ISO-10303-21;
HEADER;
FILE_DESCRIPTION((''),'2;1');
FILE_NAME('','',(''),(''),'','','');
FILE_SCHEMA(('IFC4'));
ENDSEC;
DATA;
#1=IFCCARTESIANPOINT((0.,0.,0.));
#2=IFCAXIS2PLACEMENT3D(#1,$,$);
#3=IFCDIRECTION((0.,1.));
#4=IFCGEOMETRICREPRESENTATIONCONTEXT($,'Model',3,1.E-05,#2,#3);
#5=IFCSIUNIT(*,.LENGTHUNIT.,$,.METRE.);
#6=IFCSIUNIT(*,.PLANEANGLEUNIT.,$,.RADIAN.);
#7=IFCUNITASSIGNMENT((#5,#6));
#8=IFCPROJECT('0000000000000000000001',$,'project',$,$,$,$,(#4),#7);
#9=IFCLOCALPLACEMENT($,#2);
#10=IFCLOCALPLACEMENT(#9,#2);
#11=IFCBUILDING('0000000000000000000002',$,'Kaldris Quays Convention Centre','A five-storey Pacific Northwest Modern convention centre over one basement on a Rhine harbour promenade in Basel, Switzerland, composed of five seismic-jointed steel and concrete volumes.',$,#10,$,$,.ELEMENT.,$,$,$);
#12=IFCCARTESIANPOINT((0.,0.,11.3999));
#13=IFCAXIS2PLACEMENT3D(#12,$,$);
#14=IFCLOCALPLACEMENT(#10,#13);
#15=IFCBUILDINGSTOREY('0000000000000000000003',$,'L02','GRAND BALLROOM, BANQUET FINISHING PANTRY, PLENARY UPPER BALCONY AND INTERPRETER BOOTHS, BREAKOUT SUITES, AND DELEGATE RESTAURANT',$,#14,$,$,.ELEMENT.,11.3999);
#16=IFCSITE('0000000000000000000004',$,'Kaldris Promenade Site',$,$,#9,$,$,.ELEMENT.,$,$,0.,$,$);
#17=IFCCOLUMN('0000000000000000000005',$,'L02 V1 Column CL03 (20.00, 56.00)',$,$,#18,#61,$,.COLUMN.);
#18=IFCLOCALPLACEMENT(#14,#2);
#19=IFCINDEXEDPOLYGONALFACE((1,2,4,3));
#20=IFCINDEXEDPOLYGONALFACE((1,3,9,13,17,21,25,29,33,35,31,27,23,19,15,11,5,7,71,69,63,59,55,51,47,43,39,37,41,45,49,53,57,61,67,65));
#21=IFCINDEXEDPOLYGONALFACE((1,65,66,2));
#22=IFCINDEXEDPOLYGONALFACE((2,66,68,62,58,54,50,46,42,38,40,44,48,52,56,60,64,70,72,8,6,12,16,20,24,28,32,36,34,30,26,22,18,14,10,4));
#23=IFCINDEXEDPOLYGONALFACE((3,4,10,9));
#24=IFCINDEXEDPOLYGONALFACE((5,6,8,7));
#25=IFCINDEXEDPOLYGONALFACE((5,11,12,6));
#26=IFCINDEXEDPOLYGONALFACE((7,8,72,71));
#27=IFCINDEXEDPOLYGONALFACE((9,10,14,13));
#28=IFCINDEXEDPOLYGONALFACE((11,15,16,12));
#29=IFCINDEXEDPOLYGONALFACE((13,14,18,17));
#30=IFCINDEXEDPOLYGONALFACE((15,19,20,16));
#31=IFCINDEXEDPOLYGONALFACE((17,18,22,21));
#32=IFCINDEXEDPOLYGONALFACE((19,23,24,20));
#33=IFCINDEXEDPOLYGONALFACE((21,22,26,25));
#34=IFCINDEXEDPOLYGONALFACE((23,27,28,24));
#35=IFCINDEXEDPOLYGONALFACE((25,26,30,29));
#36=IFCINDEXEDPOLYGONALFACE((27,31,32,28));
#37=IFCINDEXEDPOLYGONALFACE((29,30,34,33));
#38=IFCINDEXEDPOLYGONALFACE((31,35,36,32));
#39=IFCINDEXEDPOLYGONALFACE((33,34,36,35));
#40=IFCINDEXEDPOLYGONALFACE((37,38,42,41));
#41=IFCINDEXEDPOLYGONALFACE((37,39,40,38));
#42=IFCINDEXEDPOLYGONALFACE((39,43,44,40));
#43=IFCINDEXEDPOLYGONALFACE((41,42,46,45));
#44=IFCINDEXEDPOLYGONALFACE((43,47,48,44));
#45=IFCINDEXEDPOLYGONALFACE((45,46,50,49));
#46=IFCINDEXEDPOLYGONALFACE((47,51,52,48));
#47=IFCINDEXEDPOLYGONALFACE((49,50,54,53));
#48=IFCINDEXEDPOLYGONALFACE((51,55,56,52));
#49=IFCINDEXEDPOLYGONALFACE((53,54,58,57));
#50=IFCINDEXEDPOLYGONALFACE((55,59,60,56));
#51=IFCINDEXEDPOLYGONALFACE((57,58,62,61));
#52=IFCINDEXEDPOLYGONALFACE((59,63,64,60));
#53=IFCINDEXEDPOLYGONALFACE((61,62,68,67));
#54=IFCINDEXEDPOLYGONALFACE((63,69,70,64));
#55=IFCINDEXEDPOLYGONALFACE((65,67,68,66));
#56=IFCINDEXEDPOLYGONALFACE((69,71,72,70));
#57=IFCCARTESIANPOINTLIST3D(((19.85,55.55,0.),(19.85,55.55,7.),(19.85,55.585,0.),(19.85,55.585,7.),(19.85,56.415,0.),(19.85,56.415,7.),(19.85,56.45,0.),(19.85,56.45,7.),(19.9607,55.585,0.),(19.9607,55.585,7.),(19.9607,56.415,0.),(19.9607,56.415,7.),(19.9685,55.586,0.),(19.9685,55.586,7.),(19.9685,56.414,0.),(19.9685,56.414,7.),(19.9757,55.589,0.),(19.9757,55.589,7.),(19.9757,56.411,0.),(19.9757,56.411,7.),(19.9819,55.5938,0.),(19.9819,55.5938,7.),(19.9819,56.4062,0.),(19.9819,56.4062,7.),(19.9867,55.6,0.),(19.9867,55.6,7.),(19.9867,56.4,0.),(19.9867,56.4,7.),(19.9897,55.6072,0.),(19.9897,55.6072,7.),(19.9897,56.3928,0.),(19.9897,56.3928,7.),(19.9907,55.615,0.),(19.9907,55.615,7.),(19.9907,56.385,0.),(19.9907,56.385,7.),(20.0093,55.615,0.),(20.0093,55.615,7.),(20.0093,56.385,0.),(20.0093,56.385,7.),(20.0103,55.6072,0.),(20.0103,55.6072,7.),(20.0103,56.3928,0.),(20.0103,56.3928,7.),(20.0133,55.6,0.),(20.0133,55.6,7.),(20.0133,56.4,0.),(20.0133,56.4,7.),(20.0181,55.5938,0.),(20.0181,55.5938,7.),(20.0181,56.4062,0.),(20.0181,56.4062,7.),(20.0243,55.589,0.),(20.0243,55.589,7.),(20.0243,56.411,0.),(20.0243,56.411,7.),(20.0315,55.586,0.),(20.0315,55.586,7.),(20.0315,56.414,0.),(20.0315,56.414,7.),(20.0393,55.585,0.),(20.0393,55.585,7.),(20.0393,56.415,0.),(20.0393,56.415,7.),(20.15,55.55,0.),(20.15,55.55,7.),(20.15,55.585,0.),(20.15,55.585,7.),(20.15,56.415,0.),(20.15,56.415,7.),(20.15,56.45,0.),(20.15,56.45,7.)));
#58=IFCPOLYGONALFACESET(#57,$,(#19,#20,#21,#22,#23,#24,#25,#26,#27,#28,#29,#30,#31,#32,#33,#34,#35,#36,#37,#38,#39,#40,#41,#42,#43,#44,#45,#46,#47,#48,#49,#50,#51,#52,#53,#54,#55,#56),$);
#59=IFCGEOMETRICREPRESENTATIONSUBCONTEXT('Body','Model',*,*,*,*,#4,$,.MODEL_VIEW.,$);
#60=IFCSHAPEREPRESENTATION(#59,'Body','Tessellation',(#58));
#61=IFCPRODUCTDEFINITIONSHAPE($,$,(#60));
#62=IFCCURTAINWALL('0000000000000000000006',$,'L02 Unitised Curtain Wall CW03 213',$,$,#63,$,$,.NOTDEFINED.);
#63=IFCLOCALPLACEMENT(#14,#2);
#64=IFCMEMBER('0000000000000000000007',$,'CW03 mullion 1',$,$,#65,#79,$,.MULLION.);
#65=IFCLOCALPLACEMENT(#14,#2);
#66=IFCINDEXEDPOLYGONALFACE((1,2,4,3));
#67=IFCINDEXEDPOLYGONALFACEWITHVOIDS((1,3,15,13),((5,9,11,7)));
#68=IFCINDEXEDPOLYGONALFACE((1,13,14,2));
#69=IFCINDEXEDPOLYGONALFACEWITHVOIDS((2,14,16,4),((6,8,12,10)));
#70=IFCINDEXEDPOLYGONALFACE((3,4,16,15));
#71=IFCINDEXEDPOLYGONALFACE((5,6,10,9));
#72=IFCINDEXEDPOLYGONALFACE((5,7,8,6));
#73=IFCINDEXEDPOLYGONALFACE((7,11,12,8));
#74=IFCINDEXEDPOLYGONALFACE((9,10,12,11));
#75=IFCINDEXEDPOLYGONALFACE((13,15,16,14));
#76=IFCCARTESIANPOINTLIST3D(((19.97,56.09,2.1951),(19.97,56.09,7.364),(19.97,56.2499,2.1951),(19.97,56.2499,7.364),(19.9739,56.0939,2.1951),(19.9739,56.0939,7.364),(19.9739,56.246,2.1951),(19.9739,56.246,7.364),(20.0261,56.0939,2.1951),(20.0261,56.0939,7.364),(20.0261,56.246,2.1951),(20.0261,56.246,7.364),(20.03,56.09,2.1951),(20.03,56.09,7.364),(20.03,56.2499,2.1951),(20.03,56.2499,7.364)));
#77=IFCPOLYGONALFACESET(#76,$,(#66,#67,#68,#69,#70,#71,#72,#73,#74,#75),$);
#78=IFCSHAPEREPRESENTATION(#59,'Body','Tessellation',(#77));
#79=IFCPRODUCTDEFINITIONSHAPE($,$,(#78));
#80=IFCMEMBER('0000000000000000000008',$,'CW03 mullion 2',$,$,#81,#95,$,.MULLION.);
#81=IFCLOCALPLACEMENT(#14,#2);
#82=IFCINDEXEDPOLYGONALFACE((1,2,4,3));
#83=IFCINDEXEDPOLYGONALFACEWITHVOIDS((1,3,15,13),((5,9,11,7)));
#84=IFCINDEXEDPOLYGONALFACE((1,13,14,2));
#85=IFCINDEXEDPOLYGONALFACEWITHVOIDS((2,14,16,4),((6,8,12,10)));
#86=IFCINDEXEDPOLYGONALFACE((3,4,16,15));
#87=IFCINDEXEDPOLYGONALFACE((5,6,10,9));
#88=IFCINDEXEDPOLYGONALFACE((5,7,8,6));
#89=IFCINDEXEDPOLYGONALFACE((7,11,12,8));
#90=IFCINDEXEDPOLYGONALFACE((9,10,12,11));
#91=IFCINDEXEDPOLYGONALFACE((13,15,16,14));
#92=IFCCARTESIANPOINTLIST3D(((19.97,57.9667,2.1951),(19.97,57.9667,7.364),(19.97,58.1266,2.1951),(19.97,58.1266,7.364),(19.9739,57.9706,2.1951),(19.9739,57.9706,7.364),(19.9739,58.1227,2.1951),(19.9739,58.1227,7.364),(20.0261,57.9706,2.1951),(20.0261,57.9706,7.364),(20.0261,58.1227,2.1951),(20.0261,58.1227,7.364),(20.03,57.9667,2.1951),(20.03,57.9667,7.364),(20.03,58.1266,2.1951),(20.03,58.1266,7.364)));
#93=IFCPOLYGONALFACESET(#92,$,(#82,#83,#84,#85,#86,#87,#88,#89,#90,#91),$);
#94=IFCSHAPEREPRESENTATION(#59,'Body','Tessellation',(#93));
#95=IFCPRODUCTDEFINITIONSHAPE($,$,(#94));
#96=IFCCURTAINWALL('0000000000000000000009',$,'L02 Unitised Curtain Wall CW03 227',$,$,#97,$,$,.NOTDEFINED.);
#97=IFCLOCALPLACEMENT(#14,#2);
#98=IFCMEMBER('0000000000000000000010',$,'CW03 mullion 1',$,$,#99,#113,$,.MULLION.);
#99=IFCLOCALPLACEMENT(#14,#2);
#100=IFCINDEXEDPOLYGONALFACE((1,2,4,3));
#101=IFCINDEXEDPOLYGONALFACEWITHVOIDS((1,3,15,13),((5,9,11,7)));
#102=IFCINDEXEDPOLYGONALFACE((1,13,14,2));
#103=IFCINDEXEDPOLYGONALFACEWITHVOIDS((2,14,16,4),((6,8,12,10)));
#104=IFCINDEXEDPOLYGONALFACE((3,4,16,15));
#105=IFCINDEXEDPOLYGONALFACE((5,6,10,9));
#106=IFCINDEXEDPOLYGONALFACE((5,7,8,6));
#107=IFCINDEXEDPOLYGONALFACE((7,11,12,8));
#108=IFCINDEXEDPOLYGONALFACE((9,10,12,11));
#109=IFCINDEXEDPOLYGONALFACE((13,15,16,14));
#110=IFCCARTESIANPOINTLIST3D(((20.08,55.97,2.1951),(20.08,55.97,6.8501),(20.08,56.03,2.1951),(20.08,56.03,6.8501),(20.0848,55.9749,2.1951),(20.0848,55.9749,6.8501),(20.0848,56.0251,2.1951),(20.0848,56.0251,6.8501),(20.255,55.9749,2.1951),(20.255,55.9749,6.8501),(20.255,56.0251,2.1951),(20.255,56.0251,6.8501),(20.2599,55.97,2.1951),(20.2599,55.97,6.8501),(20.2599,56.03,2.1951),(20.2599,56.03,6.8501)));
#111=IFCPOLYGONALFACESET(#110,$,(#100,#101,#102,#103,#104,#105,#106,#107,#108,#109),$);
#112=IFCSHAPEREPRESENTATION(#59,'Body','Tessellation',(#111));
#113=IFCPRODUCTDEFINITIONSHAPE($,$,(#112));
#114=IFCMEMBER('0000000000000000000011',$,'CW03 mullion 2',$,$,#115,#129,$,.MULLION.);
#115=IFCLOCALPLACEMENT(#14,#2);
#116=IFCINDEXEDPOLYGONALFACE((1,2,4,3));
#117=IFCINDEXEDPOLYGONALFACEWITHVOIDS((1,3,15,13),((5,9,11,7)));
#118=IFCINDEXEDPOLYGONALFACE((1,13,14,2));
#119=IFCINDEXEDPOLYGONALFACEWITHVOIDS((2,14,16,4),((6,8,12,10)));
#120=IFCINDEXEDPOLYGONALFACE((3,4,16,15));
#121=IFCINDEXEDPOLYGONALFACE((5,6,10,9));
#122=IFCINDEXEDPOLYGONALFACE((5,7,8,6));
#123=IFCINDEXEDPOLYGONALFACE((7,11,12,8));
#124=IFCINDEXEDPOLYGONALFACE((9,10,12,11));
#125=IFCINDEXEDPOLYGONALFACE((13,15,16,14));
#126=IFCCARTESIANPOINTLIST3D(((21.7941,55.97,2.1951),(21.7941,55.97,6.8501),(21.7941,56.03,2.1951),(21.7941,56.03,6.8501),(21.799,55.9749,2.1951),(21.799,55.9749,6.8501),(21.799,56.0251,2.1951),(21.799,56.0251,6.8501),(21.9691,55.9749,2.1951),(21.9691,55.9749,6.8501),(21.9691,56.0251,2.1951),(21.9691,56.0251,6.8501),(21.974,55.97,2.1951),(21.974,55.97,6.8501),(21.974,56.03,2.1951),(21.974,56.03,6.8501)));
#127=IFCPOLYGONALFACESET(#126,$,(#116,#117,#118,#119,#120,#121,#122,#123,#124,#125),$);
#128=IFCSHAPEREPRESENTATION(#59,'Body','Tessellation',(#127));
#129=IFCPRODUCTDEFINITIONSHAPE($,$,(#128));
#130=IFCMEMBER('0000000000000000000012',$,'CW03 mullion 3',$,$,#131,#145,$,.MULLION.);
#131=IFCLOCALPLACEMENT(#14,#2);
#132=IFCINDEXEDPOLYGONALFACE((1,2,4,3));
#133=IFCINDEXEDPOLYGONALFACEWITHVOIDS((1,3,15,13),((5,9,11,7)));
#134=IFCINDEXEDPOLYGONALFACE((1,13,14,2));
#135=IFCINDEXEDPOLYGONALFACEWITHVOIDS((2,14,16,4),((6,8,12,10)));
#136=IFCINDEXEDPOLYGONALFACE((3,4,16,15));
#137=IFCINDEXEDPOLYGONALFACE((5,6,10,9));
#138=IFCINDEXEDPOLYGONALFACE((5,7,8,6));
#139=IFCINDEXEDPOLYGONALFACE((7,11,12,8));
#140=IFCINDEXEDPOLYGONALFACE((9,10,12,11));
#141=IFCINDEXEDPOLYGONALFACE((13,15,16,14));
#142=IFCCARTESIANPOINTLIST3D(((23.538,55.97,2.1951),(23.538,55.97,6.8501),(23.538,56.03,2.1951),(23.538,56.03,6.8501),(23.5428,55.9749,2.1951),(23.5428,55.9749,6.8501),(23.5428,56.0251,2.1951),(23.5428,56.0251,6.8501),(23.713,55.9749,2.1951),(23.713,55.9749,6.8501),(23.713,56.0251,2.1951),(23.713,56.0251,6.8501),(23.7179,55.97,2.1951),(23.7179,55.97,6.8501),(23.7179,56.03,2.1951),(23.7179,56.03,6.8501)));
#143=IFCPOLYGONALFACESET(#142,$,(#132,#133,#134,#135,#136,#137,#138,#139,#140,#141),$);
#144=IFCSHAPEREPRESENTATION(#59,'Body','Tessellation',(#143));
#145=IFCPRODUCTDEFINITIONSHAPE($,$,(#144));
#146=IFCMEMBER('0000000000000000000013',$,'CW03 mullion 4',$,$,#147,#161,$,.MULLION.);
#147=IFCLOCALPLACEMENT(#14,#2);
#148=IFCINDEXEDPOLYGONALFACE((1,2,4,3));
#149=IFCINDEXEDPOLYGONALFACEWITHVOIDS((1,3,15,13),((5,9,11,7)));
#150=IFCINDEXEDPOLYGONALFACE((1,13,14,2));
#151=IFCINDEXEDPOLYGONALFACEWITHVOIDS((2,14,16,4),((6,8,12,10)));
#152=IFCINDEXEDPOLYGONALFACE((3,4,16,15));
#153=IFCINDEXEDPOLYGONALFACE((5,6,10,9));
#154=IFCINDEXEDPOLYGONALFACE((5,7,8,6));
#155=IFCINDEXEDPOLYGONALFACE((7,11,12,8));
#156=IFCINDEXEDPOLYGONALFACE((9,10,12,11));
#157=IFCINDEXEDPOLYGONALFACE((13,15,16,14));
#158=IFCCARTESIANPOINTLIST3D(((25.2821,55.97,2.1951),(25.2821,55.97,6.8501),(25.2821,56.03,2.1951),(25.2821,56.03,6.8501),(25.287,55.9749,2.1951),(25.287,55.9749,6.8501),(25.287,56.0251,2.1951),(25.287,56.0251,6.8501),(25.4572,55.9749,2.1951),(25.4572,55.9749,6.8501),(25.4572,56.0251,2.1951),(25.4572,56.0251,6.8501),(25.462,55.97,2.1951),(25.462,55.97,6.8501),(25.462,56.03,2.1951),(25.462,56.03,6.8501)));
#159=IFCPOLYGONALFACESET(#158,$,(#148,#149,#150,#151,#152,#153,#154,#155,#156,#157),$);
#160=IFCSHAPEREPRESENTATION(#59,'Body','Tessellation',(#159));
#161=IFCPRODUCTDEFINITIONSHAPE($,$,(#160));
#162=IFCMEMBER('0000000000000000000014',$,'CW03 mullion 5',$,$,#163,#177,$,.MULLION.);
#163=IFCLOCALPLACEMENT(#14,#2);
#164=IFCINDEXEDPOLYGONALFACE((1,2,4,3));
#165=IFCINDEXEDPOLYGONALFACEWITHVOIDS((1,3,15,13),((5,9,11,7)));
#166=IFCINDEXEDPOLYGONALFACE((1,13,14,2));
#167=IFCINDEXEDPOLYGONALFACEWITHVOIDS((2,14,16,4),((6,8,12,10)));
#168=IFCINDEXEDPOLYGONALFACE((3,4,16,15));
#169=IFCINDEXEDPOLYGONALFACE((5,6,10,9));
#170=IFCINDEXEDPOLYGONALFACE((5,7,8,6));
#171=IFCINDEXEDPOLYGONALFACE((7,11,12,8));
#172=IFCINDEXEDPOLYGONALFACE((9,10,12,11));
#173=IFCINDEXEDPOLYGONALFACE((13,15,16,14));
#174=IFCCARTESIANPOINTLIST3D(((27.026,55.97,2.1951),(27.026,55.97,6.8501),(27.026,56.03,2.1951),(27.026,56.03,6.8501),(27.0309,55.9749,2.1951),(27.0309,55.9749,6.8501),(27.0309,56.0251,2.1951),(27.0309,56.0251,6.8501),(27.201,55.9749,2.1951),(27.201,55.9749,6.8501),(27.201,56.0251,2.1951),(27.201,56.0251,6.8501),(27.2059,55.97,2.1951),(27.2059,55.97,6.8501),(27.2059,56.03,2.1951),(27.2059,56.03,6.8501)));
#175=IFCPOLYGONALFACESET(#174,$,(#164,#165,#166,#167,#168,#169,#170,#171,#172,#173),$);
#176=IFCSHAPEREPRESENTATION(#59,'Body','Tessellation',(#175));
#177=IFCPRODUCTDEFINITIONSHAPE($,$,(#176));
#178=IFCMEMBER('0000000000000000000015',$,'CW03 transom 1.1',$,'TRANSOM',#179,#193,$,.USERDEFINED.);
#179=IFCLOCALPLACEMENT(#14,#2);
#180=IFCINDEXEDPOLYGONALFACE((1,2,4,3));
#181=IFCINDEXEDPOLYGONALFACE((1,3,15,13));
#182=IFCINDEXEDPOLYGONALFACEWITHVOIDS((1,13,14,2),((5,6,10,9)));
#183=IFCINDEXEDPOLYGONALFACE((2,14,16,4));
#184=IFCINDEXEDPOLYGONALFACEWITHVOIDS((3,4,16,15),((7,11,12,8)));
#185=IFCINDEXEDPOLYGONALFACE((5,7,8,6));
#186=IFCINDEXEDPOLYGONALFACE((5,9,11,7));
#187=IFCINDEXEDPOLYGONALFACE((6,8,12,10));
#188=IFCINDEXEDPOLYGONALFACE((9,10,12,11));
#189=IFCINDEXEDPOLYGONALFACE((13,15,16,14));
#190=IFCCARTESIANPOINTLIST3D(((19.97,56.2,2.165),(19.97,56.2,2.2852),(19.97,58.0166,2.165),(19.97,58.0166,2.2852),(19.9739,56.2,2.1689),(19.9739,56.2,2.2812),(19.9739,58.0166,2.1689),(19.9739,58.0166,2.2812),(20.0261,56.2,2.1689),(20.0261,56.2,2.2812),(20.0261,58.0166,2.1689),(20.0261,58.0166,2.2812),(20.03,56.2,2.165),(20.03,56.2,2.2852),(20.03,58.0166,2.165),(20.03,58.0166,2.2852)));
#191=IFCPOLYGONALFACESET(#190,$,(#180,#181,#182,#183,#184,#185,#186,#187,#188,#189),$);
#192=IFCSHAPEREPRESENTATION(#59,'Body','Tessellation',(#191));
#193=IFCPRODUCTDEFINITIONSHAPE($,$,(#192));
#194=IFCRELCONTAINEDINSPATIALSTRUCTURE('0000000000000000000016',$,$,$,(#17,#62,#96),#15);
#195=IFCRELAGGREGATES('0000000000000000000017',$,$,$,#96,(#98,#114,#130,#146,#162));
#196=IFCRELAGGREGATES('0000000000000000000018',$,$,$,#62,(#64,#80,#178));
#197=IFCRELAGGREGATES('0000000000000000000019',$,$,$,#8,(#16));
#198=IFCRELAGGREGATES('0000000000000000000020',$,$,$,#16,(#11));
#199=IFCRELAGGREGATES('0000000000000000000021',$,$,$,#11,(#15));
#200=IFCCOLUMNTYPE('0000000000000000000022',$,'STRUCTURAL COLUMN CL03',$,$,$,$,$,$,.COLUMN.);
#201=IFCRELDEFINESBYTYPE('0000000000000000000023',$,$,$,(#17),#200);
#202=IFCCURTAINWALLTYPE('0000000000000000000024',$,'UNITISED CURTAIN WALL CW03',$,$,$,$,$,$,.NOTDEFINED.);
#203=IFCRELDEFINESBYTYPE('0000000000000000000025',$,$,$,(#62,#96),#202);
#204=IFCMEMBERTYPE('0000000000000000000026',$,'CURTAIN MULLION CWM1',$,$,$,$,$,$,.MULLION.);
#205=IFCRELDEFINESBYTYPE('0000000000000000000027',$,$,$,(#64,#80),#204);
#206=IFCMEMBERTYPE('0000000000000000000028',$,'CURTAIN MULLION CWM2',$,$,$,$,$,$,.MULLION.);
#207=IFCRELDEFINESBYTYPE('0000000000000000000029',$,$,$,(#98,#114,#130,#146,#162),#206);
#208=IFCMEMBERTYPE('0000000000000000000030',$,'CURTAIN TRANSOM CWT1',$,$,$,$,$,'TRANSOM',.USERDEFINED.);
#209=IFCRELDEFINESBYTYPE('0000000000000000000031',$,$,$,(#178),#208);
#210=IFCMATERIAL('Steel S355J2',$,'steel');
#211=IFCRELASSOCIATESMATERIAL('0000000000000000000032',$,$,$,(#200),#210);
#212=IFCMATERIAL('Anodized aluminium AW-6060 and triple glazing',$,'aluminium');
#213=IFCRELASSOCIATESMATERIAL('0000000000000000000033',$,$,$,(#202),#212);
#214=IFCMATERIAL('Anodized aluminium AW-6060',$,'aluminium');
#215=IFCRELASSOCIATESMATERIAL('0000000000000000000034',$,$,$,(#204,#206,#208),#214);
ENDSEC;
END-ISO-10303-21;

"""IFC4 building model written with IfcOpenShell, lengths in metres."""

from ifc_helpers import new_model, si_unit, direction, frame, origin, origin_2d, place, context, subcontext, project, spatial, hollow_rectangle, i_section, extrude, material, material_profile, profile_set, type_object, element, aggregate, save


model = new_model("IFC4")

# Units and contexts
model_context = context("Model", 3, precision=1e-05, world=origin(), true_north=direction((0.0, 1.0)))
body_context = subcontext(model_context, "Body", "Model", "MODEL_VIEW")
ifc_project = project(units=[si_unit("LENGTHUNIT", "METRE"), si_unit("PLANEANGLEUNIT", "RADIAN")], contexts=[model_context])

# Site, building, storey
site_placement = place(None, origin())
site = spatial("IfcSite", under=ifc_project, at=site_placement, Name="Kaldris Promenade Site", CompositionType="ELEMENT", RefElevation=0.0)
building_placement = place(site_placement, origin())
building = spatial("IfcBuilding", under=site, at=building_placement, Name="Kaldris Quays Convention Centre", Description="A five-storey Pacific Northwest Modern convention centre over one basement on a Rhine harbour promenade in Basel, Switzerland, composed of five seismic-jointed steel and concrete volumes.", CompositionType="ELEMENT")
storey_placement = place(building_placement, frame((0.0, 0.0, 11.3999)))
storey = spatial("IfcBuildingStorey", under=building, at=storey_placement, Name="L02", Description="GRAND BALLROOM, BANQUET FINISHING PANTRY, PLENARY UPPER BALCONY AND INTERPRETER BOOTHS, BREAKOUT SUITES, AND DELEGATE RESTAURANT", CompositionType="ELEMENT", Elevation=11.3999)

# Column
ifc_material_1 = material(Name="Steel S355J2", Category="steel")
ifc_material_profile_1 = material_profile(ifc_material_1, i_section(OverallWidth=0.3, OverallDepth=0.8999, WebThickness=0.0186, FlangeThickness=0.0349, FilletRadius=0.03, at=origin_2d()), Name="HEB 900")
ifc_profile_set_1 = profile_set([ifc_material_profile_1], Name="Steel S355J2")
column_type = type_object("IfcColumnType", Name="STRUCTURAL COLUMN CL03", PredefinedType="COLUMN", material=ifc_profile_set_1)
column_placement = place(storey_placement, frame((20.0, 56.0, 0.0), z_axis=(0.0, 0.0, 1.0), x_axis=(1.0, 0.0, 0.0)))
element("IfcColumn", 1, at=column_placement, inside=storey, type_object=column_type, Name="L02 V1 Column CL03 (20.00, 56.00)", PredefinedType="COLUMN", context=body_context, shape_type="SweptSolid", body=[
    extrude(i_section(OverallWidth=0.3, OverallDepth=0.8999, WebThickness=0.0186, FlangeThickness=0.0349, FilletRadius=0.03, at=origin_2d()), origin(), (0.0, 0.0, 1.0), 7.0),
])

# Curtain walls, members
ifc_material_2 = material(Name="Anodized aluminium AW-6060 and triple glazing", Category="aluminium")
curtain_wall_type = type_object("IfcCurtainWallType", Name="UNITISED CURTAIN WALL CW03", PredefinedType="NOTDEFINED", material=ifc_material_2)
curtain_wall_1_placement = place(storey_placement, origin())
curtain_wall_1 = element("IfcCurtainWall", 2, at=curtain_wall_1_placement, inside=storey, type_object=curtain_wall_type, Name="L02 Unitised Curtain Wall CW03 213", PredefinedType="NOTDEFINED")
ifc_material_3 = material(Name="Anodized aluminium AW-6060", Category="aluminium")
ifc_material_profile_2 = material_profile(ifc_material_3, hollow_rectangle(XDim=0.0601, YDim=0.1599, WallThickness=0.0039, at=origin_2d()), Name="RHS 160x60x4")
ifc_profile_set_2 = profile_set([ifc_material_profile_2], Name="Anodized aluminium AW-6060")
member_type_1 = type_object("IfcMemberType", Name="CURTAIN MULLION CWM1", PredefinedType="MULLION", material=ifc_profile_set_2)
member_1_placement = place(storey_placement, frame((20.0, 56.1699, 2.1951), z_axis=(0.0, 0.0, 1.0), x_axis=(-1.0, 0.0, 0.0)))
member_1 = element("IfcMember", 3, at=member_1_placement, type_object=member_type_1, Name="CW03 mullion 1", PredefinedType="MULLION", context=body_context, shape_type="SweptSolid", body=[
    extrude(hollow_rectangle(XDim=0.0601, YDim=0.1599, WallThickness=0.0039, at=origin_2d()), origin(), (0.0, 0.0, 1.0), 5.1689),
])
member_2_placement = place(storey_placement, frame((20.0, 58.0466, 2.1951), z_axis=(0.0, 0.0, 1.0), x_axis=(-1.0, 0.0, 0.0)))
member_2 = element("IfcMember", 4, at=member_2_placement, type_object=member_type_1, Name="CW03 mullion 2", PredefinedType="MULLION", context=body_context, shape_type="SweptSolid", body=[
    extrude(hollow_rectangle(XDim=0.0601, YDim=0.1599, WallThickness=0.0039, at=origin_2d()), origin(), (0.0, 0.0, 1.0), 5.1689),
])
curtain_wall_2_placement = place(storey_placement, origin())
curtain_wall_2 = element("IfcCurtainWall", 5, at=curtain_wall_2_placement, inside=storey, type_object=curtain_wall_type, Name="L02 Unitised Curtain Wall CW03 227", PredefinedType="NOTDEFINED")
ifc_material_profile_3 = material_profile(ifc_material_3, hollow_rectangle(XDim=0.0601, YDim=0.1799, WallThickness=0.0049, at=origin_2d()), Name="RHS 180x60x5")
ifc_profile_set_3 = profile_set([ifc_material_profile_3], Name="Anodized aluminium AW-6060")
member_type_2 = type_object("IfcMemberType", Name="CURTAIN MULLION CWM2", PredefinedType="MULLION", material=ifc_profile_set_3)
member_3_placement = place(storey_placement, frame((20.1699, 56.0, 2.1951), z_axis=(0.0, 0.0, 1.0), x_axis=(0.0, 1.0, 0.0)))
member_3 = element("IfcMember", 6, at=member_3_placement, type_object=member_type_2, Name="CW03 mullion 1", PredefinedType="MULLION", context=body_context, shape_type="SweptSolid", body=[
    extrude(hollow_rectangle(XDim=0.0601, YDim=0.1799, WallThickness=0.0049, at=origin_2d()), origin(), (0.0, 0.0, 1.0), 4.655),
])
member_4_placement = place(storey_placement, frame((21.884, 56.0, 2.1951), z_axis=(0.0, 0.0, 1.0), x_axis=(0.0, 1.0, 0.0)))
member_4 = element("IfcMember", 7, at=member_4_placement, type_object=member_type_2, Name="CW03 mullion 2", PredefinedType="MULLION", context=body_context, shape_type="SweptSolid", body=[
    extrude(hollow_rectangle(XDim=0.0601, YDim=0.1799, WallThickness=0.0049, at=origin_2d()), origin(), (0.0, 0.0, 1.0), 4.655),
])
member_5_placement = place(storey_placement, frame((23.6279, 56.0, 2.1951), z_axis=(0.0, 0.0, 1.0), x_axis=(0.0, 1.0, 0.0)))
member_5 = element("IfcMember", 8, at=member_5_placement, type_object=member_type_2, Name="CW03 mullion 3", PredefinedType="MULLION", context=body_context, shape_type="SweptSolid", body=[
    extrude(hollow_rectangle(XDim=0.0601, YDim=0.1799, WallThickness=0.0049, at=origin_2d()), origin(), (0.0, 0.0, 1.0), 4.655),
])
member_6_placement = place(storey_placement, frame((25.3721, 56.0, 2.1951), z_axis=(0.0, 0.0, 1.0), x_axis=(0.0, 1.0, 0.0)))
member_6 = element("IfcMember", 9, at=member_6_placement, type_object=member_type_2, Name="CW03 mullion 4", PredefinedType="MULLION", context=body_context, shape_type="SweptSolid", body=[
    extrude(hollow_rectangle(XDim=0.0601, YDim=0.1799, WallThickness=0.0049, at=origin_2d()), origin(), (0.0, 0.0, 1.0), 4.655),
])
member_7_placement = place(storey_placement, frame((27.116, 56.0, 2.1951), z_axis=(0.0, 0.0, 1.0), x_axis=(0.0, 1.0, 0.0)))
member_7 = element("IfcMember", 10, at=member_7_placement, type_object=member_type_2, Name="CW03 mullion 5", PredefinedType="MULLION", context=body_context, shape_type="SweptSolid", body=[
    extrude(hollow_rectangle(XDim=0.0601, YDim=0.1799, WallThickness=0.0049, at=origin_2d()), origin(), (0.0, 0.0, 1.0), 4.655),
])

# Member
ifc_material_profile_4 = material_profile(ifc_material_3, hollow_rectangle(XDim=0.0601, YDim=0.1201, WallThickness=0.0039, at=origin_2d()), Name="RHS 120x60x4")
ifc_profile_set_4 = profile_set([ifc_material_profile_4], Name="Anodized aluminium AW-6060")
member_type_3 = type_object("IfcMemberType", Name="CURTAIN TRANSOM CWT1", ElementType="TRANSOM", PredefinedType="USERDEFINED", material=ifc_profile_set_4)
member_8_placement = place(storey_placement, frame((20.0, 56.2, 2.2251), z_axis=(0.0, 1.0, 0.0), x_axis=(-1.0, 0.0, 0.0)))
member_8 = element("IfcMember", 11, at=member_8_placement, type_object=member_type_3, Name="CW03 transom 1.1", ObjectType="TRANSOM", PredefinedType="USERDEFINED", context=body_context, shape_type="SweptSolid", body=[
    extrude(hollow_rectangle(XDim=0.0601, YDim=0.1201, WallThickness=0.0039, at=origin_2d()), origin(), (0.0, 0.0, 1.0), 1.8167),
])

aggregate(curtain_wall_2, [member_3, member_4, member_5, member_6, member_7])
aggregate(curtain_wall_1, [member_1, member_2, member_8])

save(model, "model.ifc")
